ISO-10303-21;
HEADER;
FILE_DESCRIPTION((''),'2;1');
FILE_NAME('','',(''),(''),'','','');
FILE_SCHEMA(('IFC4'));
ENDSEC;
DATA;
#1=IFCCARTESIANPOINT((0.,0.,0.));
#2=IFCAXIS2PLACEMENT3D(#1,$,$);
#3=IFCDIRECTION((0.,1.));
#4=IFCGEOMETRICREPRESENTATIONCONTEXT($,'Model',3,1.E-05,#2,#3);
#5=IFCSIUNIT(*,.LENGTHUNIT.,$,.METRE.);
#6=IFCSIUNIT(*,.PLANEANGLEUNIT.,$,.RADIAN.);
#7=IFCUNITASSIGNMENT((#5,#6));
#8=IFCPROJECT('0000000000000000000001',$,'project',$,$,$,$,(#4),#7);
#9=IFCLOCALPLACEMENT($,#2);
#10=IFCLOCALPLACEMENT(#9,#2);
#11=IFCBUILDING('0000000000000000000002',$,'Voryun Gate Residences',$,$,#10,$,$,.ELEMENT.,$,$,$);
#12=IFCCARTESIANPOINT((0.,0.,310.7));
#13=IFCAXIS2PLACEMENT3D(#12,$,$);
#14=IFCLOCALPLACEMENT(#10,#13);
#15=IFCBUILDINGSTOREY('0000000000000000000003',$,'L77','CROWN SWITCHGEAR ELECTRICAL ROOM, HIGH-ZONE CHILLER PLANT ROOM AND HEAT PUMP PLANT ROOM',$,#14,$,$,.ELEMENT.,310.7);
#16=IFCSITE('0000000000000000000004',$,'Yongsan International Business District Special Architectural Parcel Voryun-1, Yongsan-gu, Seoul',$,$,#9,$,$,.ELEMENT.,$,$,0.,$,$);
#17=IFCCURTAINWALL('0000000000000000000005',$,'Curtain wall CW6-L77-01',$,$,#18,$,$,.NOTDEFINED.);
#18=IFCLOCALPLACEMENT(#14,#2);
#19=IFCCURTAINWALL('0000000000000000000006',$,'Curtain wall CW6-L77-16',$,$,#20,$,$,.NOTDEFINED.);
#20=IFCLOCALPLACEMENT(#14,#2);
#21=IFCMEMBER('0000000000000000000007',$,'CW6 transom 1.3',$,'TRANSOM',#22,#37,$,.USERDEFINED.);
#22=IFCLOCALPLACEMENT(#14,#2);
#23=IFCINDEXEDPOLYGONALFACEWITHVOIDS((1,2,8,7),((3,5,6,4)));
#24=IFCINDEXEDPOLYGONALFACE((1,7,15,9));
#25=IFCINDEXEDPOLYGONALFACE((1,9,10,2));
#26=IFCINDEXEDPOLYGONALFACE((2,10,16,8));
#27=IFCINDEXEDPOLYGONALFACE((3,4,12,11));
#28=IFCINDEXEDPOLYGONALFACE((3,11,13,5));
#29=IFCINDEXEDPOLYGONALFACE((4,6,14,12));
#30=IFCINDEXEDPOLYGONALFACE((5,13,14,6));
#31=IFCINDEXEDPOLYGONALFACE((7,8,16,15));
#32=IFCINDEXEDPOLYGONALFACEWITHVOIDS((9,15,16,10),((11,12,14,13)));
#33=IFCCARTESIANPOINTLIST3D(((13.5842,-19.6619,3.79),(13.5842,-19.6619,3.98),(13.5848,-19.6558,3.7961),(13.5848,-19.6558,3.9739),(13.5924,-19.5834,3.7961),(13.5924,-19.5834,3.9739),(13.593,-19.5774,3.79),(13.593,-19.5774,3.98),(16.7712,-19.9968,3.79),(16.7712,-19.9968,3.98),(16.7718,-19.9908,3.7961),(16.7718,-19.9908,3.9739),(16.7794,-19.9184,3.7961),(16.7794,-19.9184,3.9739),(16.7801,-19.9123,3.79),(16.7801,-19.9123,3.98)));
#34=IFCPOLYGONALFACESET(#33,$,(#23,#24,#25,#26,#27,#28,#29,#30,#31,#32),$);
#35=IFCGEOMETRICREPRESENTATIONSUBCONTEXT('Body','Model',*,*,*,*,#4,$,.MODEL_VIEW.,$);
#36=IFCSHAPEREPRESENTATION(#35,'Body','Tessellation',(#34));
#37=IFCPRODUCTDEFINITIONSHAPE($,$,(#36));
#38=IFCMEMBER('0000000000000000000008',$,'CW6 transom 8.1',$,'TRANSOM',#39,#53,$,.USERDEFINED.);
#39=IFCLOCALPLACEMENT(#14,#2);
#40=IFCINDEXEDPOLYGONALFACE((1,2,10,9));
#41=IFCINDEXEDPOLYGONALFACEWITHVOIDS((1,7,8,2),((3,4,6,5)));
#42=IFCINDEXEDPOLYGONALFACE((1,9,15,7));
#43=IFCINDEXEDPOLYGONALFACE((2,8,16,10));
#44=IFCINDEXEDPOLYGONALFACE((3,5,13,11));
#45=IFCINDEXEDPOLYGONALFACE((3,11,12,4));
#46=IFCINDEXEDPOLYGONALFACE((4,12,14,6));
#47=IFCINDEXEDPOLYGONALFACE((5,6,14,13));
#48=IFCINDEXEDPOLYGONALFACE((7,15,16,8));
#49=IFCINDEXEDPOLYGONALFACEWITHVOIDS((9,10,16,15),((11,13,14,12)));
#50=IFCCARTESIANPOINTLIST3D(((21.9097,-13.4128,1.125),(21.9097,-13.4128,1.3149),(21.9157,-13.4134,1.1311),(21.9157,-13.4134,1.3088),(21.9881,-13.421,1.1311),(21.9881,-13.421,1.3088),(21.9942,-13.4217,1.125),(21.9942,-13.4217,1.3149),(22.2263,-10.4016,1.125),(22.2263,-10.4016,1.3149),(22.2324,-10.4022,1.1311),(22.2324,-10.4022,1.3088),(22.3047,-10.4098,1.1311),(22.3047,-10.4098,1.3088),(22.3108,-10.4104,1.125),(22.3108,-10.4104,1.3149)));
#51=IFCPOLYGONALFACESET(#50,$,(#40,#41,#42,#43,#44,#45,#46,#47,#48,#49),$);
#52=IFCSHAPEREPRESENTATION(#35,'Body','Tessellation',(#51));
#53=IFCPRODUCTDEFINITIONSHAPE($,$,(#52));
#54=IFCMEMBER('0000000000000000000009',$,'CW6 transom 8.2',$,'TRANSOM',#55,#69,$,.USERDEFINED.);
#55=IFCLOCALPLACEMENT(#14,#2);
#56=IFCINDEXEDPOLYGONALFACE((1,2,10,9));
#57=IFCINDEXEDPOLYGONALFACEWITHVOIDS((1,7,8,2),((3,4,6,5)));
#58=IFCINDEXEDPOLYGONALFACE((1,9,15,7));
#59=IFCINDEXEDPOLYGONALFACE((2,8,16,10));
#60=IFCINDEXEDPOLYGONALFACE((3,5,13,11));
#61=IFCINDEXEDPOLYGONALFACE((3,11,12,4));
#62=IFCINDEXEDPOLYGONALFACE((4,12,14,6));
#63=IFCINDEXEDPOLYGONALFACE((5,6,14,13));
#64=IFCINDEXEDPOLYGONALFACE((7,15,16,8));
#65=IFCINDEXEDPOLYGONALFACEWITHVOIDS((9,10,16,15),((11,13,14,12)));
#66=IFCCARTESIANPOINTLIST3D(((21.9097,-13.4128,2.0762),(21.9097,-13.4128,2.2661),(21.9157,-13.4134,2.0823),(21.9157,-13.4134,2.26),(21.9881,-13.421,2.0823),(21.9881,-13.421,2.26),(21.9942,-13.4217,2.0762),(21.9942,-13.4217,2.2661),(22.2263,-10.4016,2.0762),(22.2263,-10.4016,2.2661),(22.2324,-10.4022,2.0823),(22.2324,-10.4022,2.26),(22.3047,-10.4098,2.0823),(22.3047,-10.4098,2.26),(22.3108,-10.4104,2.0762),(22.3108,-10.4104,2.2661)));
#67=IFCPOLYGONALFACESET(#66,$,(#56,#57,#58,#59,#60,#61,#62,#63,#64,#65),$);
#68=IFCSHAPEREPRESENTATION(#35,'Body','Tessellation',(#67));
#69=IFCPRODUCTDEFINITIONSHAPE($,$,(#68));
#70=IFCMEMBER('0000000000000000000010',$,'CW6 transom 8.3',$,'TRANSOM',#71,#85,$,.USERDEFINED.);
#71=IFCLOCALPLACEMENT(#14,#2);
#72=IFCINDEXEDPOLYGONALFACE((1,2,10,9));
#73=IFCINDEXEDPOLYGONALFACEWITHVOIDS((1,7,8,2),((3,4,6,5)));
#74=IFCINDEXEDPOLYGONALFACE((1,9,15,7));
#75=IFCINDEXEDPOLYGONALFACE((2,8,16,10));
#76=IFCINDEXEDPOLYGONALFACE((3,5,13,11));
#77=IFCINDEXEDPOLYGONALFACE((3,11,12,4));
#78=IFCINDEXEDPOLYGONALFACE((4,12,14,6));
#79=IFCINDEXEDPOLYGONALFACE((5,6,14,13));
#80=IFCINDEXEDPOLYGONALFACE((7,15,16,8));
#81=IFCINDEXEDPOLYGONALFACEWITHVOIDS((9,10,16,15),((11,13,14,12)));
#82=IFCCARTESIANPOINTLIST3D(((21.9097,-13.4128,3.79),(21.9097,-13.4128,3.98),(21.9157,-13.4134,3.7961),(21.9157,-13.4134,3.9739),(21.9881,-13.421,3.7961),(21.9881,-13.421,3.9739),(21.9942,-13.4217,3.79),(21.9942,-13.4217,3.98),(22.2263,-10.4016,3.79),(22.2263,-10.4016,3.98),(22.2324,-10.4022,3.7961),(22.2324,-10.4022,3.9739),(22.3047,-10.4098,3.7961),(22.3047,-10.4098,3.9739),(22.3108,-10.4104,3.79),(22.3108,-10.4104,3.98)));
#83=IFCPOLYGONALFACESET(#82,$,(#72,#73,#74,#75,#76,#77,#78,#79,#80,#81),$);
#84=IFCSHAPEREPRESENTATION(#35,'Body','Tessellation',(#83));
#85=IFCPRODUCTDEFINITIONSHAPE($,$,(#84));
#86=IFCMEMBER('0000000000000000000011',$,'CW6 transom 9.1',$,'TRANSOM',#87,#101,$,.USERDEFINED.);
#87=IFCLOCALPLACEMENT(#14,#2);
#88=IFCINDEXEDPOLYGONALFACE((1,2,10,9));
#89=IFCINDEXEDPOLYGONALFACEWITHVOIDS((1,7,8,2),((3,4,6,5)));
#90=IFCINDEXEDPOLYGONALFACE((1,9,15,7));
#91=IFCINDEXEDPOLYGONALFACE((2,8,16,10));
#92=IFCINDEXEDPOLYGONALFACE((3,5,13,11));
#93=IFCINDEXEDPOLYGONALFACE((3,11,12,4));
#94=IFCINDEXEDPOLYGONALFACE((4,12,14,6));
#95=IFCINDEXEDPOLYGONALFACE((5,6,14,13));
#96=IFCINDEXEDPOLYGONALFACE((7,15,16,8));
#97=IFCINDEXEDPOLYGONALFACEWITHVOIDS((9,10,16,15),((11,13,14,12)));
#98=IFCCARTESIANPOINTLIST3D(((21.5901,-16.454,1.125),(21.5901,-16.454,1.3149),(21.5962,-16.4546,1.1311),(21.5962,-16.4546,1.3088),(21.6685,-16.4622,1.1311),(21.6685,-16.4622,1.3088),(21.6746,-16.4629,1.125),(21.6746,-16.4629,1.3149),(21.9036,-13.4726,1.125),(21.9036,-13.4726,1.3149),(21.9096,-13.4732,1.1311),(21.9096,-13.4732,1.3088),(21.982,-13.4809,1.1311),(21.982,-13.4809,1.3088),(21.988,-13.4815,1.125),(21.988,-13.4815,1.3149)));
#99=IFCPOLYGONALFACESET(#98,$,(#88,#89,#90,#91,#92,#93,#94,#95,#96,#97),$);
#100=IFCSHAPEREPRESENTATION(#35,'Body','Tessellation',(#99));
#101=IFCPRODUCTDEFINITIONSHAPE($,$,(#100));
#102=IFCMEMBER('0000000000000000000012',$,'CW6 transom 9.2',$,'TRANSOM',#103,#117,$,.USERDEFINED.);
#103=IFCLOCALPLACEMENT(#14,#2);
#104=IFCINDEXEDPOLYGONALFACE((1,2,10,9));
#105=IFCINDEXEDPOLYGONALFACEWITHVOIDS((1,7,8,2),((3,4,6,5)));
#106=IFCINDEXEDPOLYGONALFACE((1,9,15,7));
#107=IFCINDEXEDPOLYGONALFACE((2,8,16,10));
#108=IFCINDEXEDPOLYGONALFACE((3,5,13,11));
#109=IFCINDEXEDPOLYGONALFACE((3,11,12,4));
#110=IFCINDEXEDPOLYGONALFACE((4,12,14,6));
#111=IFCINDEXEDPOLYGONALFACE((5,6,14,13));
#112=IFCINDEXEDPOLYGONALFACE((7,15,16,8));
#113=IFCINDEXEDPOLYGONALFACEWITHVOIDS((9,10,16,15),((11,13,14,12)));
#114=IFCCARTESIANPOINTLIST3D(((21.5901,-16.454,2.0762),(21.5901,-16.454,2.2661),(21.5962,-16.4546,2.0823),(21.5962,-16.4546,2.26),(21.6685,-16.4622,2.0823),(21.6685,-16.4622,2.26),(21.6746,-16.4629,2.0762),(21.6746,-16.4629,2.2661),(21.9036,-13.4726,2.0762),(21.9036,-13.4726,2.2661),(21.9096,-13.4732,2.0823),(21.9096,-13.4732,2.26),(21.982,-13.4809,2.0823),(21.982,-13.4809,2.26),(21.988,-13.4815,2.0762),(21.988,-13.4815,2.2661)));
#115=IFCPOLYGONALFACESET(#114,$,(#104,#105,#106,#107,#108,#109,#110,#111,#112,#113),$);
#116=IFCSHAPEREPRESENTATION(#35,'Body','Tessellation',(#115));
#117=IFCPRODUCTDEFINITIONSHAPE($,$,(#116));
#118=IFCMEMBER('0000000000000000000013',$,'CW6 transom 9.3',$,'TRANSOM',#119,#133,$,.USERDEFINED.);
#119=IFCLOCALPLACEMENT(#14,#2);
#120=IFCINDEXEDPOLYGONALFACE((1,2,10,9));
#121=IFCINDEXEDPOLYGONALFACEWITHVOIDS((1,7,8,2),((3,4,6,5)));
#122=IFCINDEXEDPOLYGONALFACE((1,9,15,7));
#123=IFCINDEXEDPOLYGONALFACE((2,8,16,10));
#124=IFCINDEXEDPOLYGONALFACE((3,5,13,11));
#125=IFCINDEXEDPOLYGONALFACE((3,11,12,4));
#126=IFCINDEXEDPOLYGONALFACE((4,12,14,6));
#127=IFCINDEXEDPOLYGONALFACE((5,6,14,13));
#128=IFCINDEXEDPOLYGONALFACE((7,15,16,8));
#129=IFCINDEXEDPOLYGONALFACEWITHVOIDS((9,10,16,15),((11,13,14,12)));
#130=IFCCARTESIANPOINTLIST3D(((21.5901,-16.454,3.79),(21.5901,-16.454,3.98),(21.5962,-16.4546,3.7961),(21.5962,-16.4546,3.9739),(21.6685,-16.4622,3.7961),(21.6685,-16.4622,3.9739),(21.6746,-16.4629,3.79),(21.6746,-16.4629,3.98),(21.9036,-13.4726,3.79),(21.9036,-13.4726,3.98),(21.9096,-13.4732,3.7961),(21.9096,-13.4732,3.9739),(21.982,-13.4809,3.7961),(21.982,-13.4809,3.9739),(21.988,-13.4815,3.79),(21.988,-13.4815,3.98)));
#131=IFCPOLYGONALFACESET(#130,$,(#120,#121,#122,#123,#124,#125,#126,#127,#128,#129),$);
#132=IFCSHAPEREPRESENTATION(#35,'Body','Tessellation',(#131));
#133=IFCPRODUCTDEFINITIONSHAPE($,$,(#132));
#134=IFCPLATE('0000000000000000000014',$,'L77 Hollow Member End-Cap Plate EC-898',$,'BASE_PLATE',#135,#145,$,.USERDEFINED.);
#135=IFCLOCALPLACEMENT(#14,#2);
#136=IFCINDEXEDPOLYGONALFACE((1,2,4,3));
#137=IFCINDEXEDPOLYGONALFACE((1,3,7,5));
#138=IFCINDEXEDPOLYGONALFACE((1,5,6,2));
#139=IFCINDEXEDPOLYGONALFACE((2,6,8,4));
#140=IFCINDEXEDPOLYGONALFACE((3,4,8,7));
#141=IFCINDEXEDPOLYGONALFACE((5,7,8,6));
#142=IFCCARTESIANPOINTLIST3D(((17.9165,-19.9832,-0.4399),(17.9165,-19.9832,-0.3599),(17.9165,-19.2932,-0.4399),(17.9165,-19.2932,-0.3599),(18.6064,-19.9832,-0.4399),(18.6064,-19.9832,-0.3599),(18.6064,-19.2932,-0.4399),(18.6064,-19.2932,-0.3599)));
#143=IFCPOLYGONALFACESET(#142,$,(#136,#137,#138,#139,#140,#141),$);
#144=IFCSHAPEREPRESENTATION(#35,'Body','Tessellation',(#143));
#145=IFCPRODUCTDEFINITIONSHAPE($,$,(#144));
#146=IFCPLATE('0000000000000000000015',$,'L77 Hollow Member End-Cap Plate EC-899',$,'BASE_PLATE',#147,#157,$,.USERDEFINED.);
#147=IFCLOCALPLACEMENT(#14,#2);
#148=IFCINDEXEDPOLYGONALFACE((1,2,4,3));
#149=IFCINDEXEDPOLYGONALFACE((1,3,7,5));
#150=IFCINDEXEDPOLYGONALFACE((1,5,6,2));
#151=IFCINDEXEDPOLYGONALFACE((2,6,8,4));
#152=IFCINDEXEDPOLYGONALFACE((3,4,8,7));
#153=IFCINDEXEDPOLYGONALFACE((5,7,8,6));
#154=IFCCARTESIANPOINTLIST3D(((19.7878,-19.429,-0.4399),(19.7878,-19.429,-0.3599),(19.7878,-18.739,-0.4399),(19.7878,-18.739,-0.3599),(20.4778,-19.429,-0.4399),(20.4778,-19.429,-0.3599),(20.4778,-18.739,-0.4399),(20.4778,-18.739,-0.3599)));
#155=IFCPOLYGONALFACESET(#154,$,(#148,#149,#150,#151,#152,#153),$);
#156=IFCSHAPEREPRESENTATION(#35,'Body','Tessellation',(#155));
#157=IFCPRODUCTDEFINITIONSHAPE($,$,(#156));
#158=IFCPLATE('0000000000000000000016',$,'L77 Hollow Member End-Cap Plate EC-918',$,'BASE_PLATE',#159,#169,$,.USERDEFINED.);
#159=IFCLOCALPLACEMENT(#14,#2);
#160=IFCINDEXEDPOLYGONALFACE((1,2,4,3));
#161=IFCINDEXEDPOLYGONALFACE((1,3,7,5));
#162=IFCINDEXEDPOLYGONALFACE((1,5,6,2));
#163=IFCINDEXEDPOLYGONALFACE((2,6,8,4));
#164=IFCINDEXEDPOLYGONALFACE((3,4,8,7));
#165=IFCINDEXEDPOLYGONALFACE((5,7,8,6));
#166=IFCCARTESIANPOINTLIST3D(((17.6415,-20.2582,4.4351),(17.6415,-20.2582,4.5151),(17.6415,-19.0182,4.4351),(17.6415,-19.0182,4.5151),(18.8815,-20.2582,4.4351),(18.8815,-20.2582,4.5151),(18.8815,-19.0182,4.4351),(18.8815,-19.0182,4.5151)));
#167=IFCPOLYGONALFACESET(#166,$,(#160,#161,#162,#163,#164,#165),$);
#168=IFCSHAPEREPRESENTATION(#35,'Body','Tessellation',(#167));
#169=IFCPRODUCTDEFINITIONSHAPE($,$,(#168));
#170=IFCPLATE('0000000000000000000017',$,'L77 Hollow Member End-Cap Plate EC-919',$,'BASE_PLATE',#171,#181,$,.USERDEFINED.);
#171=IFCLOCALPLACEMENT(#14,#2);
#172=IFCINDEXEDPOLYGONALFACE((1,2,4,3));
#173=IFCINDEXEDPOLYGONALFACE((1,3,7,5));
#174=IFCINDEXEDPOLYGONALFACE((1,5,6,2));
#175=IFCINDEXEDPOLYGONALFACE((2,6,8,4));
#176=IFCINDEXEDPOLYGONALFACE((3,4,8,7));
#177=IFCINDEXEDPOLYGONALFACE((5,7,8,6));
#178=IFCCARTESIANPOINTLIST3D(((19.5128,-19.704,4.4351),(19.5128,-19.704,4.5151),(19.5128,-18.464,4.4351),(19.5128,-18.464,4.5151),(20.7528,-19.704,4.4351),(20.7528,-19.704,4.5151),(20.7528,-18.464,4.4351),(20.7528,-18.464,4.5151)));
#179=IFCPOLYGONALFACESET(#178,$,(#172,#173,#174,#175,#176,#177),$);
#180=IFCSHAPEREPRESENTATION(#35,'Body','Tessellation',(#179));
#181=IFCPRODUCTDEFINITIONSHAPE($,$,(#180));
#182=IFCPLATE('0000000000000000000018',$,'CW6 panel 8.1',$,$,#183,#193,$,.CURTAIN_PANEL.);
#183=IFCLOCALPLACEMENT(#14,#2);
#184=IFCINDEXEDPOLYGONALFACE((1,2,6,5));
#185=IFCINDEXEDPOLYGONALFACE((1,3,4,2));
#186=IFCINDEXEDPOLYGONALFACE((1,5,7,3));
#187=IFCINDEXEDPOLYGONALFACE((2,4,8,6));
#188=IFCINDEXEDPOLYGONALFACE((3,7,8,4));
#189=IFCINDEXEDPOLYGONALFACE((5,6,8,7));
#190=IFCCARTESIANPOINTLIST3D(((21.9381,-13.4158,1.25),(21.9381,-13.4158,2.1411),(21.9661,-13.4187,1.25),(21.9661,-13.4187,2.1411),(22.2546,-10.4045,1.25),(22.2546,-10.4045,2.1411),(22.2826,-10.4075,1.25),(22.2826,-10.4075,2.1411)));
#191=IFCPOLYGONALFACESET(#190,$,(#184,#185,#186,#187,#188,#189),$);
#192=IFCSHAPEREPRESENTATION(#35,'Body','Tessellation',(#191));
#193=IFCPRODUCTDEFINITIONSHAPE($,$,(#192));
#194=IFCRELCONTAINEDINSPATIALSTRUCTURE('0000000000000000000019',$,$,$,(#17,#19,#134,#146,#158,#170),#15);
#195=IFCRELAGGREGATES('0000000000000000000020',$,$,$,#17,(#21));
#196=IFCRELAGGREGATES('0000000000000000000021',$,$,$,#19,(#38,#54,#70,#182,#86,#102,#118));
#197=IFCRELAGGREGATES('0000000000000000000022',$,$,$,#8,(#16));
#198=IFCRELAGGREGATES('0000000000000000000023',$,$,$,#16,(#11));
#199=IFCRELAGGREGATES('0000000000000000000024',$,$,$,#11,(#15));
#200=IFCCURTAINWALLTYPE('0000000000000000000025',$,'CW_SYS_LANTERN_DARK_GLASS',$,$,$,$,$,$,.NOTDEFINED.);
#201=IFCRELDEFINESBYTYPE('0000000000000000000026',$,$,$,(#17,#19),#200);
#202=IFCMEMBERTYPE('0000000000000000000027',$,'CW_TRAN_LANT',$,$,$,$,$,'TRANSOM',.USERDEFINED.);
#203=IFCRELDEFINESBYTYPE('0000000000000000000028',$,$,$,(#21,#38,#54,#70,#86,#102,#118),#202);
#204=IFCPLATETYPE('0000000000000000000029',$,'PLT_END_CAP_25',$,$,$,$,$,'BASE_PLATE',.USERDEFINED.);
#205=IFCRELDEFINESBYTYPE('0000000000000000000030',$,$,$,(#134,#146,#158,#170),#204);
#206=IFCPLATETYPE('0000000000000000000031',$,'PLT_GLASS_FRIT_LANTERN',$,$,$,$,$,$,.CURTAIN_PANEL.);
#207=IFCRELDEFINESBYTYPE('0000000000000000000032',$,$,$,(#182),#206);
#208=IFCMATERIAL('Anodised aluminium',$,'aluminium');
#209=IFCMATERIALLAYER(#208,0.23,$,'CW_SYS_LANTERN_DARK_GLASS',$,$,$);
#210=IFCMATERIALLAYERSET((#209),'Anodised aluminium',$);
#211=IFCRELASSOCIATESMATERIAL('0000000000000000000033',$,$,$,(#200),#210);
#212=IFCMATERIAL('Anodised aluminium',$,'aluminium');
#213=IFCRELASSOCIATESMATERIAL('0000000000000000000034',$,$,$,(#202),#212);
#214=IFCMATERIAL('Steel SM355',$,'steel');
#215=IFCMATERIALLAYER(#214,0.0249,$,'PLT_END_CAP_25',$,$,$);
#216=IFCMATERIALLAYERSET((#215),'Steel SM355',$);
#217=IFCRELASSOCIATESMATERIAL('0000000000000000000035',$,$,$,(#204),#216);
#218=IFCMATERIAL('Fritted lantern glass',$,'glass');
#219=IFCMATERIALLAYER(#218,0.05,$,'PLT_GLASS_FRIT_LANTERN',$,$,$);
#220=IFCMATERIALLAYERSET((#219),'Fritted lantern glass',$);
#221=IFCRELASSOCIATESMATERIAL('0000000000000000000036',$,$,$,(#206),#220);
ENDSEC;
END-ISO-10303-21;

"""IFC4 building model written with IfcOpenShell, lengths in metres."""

from ifc_helpers import new_model, si_unit, direction, frame, origin, origin_2d, place, context, subcontext, project, spatial, rectangle, hollow_rectangle, extrude, material, layer, layer_set, material_profile, profile_set, type_object, element, aggregate, save


model = new_model("IFC4")

# Units and contexts
model_context = context("Model", 3, precision=1e-05, world=origin(), true_north=direction((0.0, 1.0)))
body_context = subcontext(model_context, "Body", "Model", "MODEL_VIEW")
ifc_project = project(units=[si_unit("LENGTHUNIT", "METRE"), si_unit("PLANEANGLEUNIT", "RADIAN")], contexts=[model_context])

# Site, building, storey
site_placement = place(None, origin())
site = spatial("IfcSite", under=ifc_project, at=site_placement, Name="Yongsan International Business District Special Architectural Parcel Voryun-1, Yongsan-gu, Seoul", CompositionType="ELEMENT", RefElevation=0.0)
building_placement = place(site_placement, origin())
building = spatial("IfcBuilding", under=site, at=building_placement, Name="Voryun Gate Residences", CompositionType="ELEMENT")
storey_placement = place(building_placement, frame((0.0, 0.0, 310.7)))
storey = spatial("IfcBuildingStorey", under=building, at=storey_placement, Name="L77", Description="CROWN SWITCHGEAR ELECTRICAL ROOM, HIGH-ZONE CHILLER PLANT ROOM AND HEAT PUMP PLANT ROOM", CompositionType="ELEMENT", Elevation=310.7)

# Curtain wall
ifc_material_1 = material(Name="Anodised aluminium", Category="aluminium")
ifc_layer_1 = layer(ifc_material_1, 0.23, Name="CW_SYS_LANTERN_DARK_GLASS")
ifc_layer_set_1 = layer_set([ifc_layer_1], Name="Anodised aluminium")
curtain_wall_type = type_object("IfcCurtainWallType", Name="CW_SYS_LANTERN_DARK_GLASS", PredefinedType="NOTDEFINED", material=ifc_layer_set_1)
curtain_wall_1_placement = place(storey_placement, origin())
curtain_wall_1 = element("IfcCurtainWall", 1, at=curtain_wall_1_placement, inside=storey, type_object=curtain_wall_type, Name="Curtain wall CW6-L77-01", PredefinedType="NOTDEFINED")

# Curtain wall
curtain_wall_2_placement = place(storey_placement, origin())
curtain_wall_2 = element("IfcCurtainWall", 2, at=curtain_wall_2_placement, inside=storey, type_object=curtain_wall_type, Name="Curtain wall CW6-L77-16", PredefinedType="NOTDEFINED")

# Members
ifc_material_2 = material(Name="Anodised aluminium", Category="aluminium")
ifc_material_profile_1 = material_profile(ifc_material_2, hollow_rectangle(XDim=0.085, YDim=0.1899, WallThickness=0.0061, at=origin_2d()), Name="ALU-TRAN-190x85x6")
ifc_profile_set_1 = profile_set([ifc_material_profile_1], Name="Anodised aluminium")
member_type_1 = type_object("IfcMemberType", Name="CW_TRAN_LANT", ElementType="TRANSOM", PredefinedType="USERDEFINED", material=ifc_profile_set_1)
member_1_placement = place(storey_placement, frame((16.7756, -19.9546, 3.885), z_axis=(-0.994522, 0.104526, 0.0), x_axis=(-0.104526, -0.994522, 0.0)))
member_1 = element("IfcMember", 3, at=member_1_placement, type_object=member_type_1, Name="CW6 transom 1.3", ObjectType="TRANSOM", PredefinedType="USERDEFINED", context=body_context, shape_type="SweptSolid", body=[
    extrude(hollow_rectangle(XDim=0.085, YDim=0.1899, WallThickness=0.0061, at=origin_2d()), origin(), (0.0, 0.0, 1.0), 3.2046),
])
aggregate(curtain_wall_1, [member_1])
member_2_placement = place(storey_placement, frame((22.2686, -10.406, 1.22), z_axis=(-0.10458, -0.994516, 0.0), x_axis=(0.994516, -0.10458, 0.0)))
member_2 = element("IfcMember", 4, at=member_2_placement, type_object=member_type_1, Name="CW6 transom 8.1", ObjectType="TRANSOM", PredefinedType="USERDEFINED", context=body_context, shape_type="SweptSolid", body=[
    extrude(hollow_rectangle(XDim=0.085, YDim=0.1899, WallThickness=0.0061, at=origin_2d()), origin(), (0.0, 0.0, 1.0), 3.0278),
])
member_3_placement = place(storey_placement, frame((22.2686, -10.406, 2.1711), z_axis=(-0.10458, -0.994516, 0.0), x_axis=(0.994516, -0.10458, 0.0)))
member_3 = element("IfcMember", 5, at=member_3_placement, type_object=member_type_1, Name="CW6 transom 8.2", ObjectType="TRANSOM", PredefinedType="USERDEFINED", context=body_context, shape_type="SweptSolid", body=[
    extrude(hollow_rectangle(XDim=0.085, YDim=0.1899, WallThickness=0.0061, at=origin_2d()), origin(), (0.0, 0.0, 1.0), 3.0278),
])
member_4_placement = place(storey_placement, frame((22.2686, -10.406, 3.885), z_axis=(-0.10458, -0.994516, 0.0), x_axis=(0.994516, -0.10458, 0.0)))
member_4 = element("IfcMember", 6, at=member_4_placement, type_object=member_type_1, Name="CW6 transom 8.3", ObjectType="TRANSOM", PredefinedType="USERDEFINED", context=body_context, shape_type="SweptSolid", body=[
    extrude(hollow_rectangle(XDim=0.085, YDim=0.1899, WallThickness=0.0061, at=origin_2d()), origin(), (0.0, 0.0, 1.0), 3.0278),
])
member_5_placement = place(storey_placement, frame((21.9458, -13.4771, 1.22), z_axis=(-0.104566, -0.994518, 0.0), x_axis=(0.994518, -0.104566, 0.0)))
member_5 = element("IfcMember", 7, at=member_5_placement, type_object=member_type_1, Name="CW6 transom 9.1", ObjectType="TRANSOM", PredefinedType="USERDEFINED", context=body_context, shape_type="SweptSolid", body=[
    extrude(hollow_rectangle(XDim=0.085, YDim=0.1899, WallThickness=0.0061, at=origin_2d()), origin(), (0.0, 0.0, 1.0), 2.9978),
])
member_6_placement = place(storey_placement, frame((21.9458, -13.4771, 2.1711), z_axis=(-0.104566, -0.994518, 0.0), x_axis=(0.994518, -0.104566, 0.0)))
member_6 = element("IfcMember", 8, at=member_6_placement, type_object=member_type_1, Name="CW6 transom 9.2", ObjectType="TRANSOM", PredefinedType="USERDEFINED", context=body_context, shape_type="SweptSolid", body=[
    extrude(hollow_rectangle(XDim=0.085, YDim=0.1899, WallThickness=0.0061, at=origin_2d()), origin(), (0.0, 0.0, 1.0), 2.9978),
])
member_7_placement = place(storey_placement, frame((21.9458, -13.4771, 3.885), z_axis=(-0.104566, -0.994518, 0.0), x_axis=(0.994518, -0.104566, 0.0)))
member_7 = element("IfcMember", 9, at=member_7_placement, type_object=member_type_1, Name="CW6 transom 9.3", ObjectType="TRANSOM", PredefinedType="USERDEFINED", context=body_context, shape_type="SweptSolid", body=[
    extrude(hollow_rectangle(XDim=0.085, YDim=0.1899, WallThickness=0.0061, at=origin_2d()), origin(), (0.0, 0.0, 1.0), 2.9978),
])

# Plates
ifc_material_3 = material(Name="Steel SM355", Category="steel")
ifc_layer_2 = layer(ifc_material_3, 0.0249, Name="PLT_END_CAP_25")
ifc_layer_set_2 = layer_set([ifc_layer_2], Name="Steel SM355")
plate_type_1 = type_object("IfcPlateType", Name="PLT_END_CAP_25", ElementType="BASE_PLATE", PredefinedType="USERDEFINED", material=ifc_layer_set_2)
for number, where, z_axis, x_axis, name in (
    (10, (18.2615, -19.6382, -0.4399), (0.0, 0.0, 1.0), (1.0, 0.0, 0.0), "L77 Hollow Member End-Cap Plate EC-898"),
    (11, (20.1328, -19.084, -0.4399), (0.0, 0.0, 1.0), (1.0, 0.0, 0.0), "L77 Hollow Member End-Cap Plate EC-899"),
):
    element("IfcPlate", number, at=place(storey_placement, frame(where, z_axis=z_axis, x_axis=x_axis)), inside=storey, type_object=plate_type_1, Name=name, ObjectType="BASE_PLATE", PredefinedType="USERDEFINED", context=body_context, shape_type="SweptSolid", body=[
        extrude(rectangle(XDim=0.6899, YDim=0.6899, at=origin_2d()), origin(), (0.0, 0.0, 1.0), 0.0801),
    ])
for number, where, z_axis, x_axis, name in (
    (12, (18.2615, -19.6382, 4.4351), (0.0, 0.0, 1.0), (1.0, 0.0, 0.0), "L77 Hollow Member End-Cap Plate EC-918"),
    (13, (20.1328, -19.084, 4.4351), (0.0, 0.0, 1.0), (1.0, 0.0, 0.0), "L77 Hollow Member End-Cap Plate EC-919"),
):
    element("IfcPlate", number, at=place(storey_placement, frame(where, z_axis=z_axis, x_axis=x_axis)), inside=storey, type_object=plate_type_1, Name=name, ObjectType="BASE_PLATE", PredefinedType="USERDEFINED", context=body_context, shape_type="SweptSolid", body=[
        extrude(rectangle(XDim=1.24, YDim=1.24, at=origin_2d()), origin(), (0.0, 0.0, 1.0), 0.0801),
    ])

# Plate
ifc_material_4 = material(Name="Fritted lantern glass", Category="glass")
ifc_layer_3 = layer(ifc_material_4, 0.05, Name="PLT_GLASS_FRIT_LANTERN")
ifc_layer_set_3 = layer_set([ifc_layer_3], Name="Fritted lantern glass")
plate_type_2 = type_object("IfcPlateType", Name="PLT_GLASS_FRIT_LANTERN", PredefinedType="CURTAIN_PANEL", material=ifc_layer_set_3)
plate_1_placement = place(storey_placement, frame((22.1104, -11.9116, 1.25), z_axis=(0.0, 0.0, 1.0), x_axis=(-0.104528, -0.994522, 0.0)))
plate_1 = element("IfcPlate", 14, at=plate_1_placement, type_object=plate_type_2, Name="CW6 panel 8.1", PredefinedType="CURTAIN_PANEL", context=body_context, shape_type="SweptSolid", body=[
    extrude(rectangle(XDim=3.0278, YDim=0.0281, at=origin_2d()), origin(), (0.0, 0.0, 1.0), 0.8911),
])
aggregate(curtain_wall_2, [member_2, member_3, member_4, plate_1, member_5, member_6, member_7])

save(model, "model.ifc")
